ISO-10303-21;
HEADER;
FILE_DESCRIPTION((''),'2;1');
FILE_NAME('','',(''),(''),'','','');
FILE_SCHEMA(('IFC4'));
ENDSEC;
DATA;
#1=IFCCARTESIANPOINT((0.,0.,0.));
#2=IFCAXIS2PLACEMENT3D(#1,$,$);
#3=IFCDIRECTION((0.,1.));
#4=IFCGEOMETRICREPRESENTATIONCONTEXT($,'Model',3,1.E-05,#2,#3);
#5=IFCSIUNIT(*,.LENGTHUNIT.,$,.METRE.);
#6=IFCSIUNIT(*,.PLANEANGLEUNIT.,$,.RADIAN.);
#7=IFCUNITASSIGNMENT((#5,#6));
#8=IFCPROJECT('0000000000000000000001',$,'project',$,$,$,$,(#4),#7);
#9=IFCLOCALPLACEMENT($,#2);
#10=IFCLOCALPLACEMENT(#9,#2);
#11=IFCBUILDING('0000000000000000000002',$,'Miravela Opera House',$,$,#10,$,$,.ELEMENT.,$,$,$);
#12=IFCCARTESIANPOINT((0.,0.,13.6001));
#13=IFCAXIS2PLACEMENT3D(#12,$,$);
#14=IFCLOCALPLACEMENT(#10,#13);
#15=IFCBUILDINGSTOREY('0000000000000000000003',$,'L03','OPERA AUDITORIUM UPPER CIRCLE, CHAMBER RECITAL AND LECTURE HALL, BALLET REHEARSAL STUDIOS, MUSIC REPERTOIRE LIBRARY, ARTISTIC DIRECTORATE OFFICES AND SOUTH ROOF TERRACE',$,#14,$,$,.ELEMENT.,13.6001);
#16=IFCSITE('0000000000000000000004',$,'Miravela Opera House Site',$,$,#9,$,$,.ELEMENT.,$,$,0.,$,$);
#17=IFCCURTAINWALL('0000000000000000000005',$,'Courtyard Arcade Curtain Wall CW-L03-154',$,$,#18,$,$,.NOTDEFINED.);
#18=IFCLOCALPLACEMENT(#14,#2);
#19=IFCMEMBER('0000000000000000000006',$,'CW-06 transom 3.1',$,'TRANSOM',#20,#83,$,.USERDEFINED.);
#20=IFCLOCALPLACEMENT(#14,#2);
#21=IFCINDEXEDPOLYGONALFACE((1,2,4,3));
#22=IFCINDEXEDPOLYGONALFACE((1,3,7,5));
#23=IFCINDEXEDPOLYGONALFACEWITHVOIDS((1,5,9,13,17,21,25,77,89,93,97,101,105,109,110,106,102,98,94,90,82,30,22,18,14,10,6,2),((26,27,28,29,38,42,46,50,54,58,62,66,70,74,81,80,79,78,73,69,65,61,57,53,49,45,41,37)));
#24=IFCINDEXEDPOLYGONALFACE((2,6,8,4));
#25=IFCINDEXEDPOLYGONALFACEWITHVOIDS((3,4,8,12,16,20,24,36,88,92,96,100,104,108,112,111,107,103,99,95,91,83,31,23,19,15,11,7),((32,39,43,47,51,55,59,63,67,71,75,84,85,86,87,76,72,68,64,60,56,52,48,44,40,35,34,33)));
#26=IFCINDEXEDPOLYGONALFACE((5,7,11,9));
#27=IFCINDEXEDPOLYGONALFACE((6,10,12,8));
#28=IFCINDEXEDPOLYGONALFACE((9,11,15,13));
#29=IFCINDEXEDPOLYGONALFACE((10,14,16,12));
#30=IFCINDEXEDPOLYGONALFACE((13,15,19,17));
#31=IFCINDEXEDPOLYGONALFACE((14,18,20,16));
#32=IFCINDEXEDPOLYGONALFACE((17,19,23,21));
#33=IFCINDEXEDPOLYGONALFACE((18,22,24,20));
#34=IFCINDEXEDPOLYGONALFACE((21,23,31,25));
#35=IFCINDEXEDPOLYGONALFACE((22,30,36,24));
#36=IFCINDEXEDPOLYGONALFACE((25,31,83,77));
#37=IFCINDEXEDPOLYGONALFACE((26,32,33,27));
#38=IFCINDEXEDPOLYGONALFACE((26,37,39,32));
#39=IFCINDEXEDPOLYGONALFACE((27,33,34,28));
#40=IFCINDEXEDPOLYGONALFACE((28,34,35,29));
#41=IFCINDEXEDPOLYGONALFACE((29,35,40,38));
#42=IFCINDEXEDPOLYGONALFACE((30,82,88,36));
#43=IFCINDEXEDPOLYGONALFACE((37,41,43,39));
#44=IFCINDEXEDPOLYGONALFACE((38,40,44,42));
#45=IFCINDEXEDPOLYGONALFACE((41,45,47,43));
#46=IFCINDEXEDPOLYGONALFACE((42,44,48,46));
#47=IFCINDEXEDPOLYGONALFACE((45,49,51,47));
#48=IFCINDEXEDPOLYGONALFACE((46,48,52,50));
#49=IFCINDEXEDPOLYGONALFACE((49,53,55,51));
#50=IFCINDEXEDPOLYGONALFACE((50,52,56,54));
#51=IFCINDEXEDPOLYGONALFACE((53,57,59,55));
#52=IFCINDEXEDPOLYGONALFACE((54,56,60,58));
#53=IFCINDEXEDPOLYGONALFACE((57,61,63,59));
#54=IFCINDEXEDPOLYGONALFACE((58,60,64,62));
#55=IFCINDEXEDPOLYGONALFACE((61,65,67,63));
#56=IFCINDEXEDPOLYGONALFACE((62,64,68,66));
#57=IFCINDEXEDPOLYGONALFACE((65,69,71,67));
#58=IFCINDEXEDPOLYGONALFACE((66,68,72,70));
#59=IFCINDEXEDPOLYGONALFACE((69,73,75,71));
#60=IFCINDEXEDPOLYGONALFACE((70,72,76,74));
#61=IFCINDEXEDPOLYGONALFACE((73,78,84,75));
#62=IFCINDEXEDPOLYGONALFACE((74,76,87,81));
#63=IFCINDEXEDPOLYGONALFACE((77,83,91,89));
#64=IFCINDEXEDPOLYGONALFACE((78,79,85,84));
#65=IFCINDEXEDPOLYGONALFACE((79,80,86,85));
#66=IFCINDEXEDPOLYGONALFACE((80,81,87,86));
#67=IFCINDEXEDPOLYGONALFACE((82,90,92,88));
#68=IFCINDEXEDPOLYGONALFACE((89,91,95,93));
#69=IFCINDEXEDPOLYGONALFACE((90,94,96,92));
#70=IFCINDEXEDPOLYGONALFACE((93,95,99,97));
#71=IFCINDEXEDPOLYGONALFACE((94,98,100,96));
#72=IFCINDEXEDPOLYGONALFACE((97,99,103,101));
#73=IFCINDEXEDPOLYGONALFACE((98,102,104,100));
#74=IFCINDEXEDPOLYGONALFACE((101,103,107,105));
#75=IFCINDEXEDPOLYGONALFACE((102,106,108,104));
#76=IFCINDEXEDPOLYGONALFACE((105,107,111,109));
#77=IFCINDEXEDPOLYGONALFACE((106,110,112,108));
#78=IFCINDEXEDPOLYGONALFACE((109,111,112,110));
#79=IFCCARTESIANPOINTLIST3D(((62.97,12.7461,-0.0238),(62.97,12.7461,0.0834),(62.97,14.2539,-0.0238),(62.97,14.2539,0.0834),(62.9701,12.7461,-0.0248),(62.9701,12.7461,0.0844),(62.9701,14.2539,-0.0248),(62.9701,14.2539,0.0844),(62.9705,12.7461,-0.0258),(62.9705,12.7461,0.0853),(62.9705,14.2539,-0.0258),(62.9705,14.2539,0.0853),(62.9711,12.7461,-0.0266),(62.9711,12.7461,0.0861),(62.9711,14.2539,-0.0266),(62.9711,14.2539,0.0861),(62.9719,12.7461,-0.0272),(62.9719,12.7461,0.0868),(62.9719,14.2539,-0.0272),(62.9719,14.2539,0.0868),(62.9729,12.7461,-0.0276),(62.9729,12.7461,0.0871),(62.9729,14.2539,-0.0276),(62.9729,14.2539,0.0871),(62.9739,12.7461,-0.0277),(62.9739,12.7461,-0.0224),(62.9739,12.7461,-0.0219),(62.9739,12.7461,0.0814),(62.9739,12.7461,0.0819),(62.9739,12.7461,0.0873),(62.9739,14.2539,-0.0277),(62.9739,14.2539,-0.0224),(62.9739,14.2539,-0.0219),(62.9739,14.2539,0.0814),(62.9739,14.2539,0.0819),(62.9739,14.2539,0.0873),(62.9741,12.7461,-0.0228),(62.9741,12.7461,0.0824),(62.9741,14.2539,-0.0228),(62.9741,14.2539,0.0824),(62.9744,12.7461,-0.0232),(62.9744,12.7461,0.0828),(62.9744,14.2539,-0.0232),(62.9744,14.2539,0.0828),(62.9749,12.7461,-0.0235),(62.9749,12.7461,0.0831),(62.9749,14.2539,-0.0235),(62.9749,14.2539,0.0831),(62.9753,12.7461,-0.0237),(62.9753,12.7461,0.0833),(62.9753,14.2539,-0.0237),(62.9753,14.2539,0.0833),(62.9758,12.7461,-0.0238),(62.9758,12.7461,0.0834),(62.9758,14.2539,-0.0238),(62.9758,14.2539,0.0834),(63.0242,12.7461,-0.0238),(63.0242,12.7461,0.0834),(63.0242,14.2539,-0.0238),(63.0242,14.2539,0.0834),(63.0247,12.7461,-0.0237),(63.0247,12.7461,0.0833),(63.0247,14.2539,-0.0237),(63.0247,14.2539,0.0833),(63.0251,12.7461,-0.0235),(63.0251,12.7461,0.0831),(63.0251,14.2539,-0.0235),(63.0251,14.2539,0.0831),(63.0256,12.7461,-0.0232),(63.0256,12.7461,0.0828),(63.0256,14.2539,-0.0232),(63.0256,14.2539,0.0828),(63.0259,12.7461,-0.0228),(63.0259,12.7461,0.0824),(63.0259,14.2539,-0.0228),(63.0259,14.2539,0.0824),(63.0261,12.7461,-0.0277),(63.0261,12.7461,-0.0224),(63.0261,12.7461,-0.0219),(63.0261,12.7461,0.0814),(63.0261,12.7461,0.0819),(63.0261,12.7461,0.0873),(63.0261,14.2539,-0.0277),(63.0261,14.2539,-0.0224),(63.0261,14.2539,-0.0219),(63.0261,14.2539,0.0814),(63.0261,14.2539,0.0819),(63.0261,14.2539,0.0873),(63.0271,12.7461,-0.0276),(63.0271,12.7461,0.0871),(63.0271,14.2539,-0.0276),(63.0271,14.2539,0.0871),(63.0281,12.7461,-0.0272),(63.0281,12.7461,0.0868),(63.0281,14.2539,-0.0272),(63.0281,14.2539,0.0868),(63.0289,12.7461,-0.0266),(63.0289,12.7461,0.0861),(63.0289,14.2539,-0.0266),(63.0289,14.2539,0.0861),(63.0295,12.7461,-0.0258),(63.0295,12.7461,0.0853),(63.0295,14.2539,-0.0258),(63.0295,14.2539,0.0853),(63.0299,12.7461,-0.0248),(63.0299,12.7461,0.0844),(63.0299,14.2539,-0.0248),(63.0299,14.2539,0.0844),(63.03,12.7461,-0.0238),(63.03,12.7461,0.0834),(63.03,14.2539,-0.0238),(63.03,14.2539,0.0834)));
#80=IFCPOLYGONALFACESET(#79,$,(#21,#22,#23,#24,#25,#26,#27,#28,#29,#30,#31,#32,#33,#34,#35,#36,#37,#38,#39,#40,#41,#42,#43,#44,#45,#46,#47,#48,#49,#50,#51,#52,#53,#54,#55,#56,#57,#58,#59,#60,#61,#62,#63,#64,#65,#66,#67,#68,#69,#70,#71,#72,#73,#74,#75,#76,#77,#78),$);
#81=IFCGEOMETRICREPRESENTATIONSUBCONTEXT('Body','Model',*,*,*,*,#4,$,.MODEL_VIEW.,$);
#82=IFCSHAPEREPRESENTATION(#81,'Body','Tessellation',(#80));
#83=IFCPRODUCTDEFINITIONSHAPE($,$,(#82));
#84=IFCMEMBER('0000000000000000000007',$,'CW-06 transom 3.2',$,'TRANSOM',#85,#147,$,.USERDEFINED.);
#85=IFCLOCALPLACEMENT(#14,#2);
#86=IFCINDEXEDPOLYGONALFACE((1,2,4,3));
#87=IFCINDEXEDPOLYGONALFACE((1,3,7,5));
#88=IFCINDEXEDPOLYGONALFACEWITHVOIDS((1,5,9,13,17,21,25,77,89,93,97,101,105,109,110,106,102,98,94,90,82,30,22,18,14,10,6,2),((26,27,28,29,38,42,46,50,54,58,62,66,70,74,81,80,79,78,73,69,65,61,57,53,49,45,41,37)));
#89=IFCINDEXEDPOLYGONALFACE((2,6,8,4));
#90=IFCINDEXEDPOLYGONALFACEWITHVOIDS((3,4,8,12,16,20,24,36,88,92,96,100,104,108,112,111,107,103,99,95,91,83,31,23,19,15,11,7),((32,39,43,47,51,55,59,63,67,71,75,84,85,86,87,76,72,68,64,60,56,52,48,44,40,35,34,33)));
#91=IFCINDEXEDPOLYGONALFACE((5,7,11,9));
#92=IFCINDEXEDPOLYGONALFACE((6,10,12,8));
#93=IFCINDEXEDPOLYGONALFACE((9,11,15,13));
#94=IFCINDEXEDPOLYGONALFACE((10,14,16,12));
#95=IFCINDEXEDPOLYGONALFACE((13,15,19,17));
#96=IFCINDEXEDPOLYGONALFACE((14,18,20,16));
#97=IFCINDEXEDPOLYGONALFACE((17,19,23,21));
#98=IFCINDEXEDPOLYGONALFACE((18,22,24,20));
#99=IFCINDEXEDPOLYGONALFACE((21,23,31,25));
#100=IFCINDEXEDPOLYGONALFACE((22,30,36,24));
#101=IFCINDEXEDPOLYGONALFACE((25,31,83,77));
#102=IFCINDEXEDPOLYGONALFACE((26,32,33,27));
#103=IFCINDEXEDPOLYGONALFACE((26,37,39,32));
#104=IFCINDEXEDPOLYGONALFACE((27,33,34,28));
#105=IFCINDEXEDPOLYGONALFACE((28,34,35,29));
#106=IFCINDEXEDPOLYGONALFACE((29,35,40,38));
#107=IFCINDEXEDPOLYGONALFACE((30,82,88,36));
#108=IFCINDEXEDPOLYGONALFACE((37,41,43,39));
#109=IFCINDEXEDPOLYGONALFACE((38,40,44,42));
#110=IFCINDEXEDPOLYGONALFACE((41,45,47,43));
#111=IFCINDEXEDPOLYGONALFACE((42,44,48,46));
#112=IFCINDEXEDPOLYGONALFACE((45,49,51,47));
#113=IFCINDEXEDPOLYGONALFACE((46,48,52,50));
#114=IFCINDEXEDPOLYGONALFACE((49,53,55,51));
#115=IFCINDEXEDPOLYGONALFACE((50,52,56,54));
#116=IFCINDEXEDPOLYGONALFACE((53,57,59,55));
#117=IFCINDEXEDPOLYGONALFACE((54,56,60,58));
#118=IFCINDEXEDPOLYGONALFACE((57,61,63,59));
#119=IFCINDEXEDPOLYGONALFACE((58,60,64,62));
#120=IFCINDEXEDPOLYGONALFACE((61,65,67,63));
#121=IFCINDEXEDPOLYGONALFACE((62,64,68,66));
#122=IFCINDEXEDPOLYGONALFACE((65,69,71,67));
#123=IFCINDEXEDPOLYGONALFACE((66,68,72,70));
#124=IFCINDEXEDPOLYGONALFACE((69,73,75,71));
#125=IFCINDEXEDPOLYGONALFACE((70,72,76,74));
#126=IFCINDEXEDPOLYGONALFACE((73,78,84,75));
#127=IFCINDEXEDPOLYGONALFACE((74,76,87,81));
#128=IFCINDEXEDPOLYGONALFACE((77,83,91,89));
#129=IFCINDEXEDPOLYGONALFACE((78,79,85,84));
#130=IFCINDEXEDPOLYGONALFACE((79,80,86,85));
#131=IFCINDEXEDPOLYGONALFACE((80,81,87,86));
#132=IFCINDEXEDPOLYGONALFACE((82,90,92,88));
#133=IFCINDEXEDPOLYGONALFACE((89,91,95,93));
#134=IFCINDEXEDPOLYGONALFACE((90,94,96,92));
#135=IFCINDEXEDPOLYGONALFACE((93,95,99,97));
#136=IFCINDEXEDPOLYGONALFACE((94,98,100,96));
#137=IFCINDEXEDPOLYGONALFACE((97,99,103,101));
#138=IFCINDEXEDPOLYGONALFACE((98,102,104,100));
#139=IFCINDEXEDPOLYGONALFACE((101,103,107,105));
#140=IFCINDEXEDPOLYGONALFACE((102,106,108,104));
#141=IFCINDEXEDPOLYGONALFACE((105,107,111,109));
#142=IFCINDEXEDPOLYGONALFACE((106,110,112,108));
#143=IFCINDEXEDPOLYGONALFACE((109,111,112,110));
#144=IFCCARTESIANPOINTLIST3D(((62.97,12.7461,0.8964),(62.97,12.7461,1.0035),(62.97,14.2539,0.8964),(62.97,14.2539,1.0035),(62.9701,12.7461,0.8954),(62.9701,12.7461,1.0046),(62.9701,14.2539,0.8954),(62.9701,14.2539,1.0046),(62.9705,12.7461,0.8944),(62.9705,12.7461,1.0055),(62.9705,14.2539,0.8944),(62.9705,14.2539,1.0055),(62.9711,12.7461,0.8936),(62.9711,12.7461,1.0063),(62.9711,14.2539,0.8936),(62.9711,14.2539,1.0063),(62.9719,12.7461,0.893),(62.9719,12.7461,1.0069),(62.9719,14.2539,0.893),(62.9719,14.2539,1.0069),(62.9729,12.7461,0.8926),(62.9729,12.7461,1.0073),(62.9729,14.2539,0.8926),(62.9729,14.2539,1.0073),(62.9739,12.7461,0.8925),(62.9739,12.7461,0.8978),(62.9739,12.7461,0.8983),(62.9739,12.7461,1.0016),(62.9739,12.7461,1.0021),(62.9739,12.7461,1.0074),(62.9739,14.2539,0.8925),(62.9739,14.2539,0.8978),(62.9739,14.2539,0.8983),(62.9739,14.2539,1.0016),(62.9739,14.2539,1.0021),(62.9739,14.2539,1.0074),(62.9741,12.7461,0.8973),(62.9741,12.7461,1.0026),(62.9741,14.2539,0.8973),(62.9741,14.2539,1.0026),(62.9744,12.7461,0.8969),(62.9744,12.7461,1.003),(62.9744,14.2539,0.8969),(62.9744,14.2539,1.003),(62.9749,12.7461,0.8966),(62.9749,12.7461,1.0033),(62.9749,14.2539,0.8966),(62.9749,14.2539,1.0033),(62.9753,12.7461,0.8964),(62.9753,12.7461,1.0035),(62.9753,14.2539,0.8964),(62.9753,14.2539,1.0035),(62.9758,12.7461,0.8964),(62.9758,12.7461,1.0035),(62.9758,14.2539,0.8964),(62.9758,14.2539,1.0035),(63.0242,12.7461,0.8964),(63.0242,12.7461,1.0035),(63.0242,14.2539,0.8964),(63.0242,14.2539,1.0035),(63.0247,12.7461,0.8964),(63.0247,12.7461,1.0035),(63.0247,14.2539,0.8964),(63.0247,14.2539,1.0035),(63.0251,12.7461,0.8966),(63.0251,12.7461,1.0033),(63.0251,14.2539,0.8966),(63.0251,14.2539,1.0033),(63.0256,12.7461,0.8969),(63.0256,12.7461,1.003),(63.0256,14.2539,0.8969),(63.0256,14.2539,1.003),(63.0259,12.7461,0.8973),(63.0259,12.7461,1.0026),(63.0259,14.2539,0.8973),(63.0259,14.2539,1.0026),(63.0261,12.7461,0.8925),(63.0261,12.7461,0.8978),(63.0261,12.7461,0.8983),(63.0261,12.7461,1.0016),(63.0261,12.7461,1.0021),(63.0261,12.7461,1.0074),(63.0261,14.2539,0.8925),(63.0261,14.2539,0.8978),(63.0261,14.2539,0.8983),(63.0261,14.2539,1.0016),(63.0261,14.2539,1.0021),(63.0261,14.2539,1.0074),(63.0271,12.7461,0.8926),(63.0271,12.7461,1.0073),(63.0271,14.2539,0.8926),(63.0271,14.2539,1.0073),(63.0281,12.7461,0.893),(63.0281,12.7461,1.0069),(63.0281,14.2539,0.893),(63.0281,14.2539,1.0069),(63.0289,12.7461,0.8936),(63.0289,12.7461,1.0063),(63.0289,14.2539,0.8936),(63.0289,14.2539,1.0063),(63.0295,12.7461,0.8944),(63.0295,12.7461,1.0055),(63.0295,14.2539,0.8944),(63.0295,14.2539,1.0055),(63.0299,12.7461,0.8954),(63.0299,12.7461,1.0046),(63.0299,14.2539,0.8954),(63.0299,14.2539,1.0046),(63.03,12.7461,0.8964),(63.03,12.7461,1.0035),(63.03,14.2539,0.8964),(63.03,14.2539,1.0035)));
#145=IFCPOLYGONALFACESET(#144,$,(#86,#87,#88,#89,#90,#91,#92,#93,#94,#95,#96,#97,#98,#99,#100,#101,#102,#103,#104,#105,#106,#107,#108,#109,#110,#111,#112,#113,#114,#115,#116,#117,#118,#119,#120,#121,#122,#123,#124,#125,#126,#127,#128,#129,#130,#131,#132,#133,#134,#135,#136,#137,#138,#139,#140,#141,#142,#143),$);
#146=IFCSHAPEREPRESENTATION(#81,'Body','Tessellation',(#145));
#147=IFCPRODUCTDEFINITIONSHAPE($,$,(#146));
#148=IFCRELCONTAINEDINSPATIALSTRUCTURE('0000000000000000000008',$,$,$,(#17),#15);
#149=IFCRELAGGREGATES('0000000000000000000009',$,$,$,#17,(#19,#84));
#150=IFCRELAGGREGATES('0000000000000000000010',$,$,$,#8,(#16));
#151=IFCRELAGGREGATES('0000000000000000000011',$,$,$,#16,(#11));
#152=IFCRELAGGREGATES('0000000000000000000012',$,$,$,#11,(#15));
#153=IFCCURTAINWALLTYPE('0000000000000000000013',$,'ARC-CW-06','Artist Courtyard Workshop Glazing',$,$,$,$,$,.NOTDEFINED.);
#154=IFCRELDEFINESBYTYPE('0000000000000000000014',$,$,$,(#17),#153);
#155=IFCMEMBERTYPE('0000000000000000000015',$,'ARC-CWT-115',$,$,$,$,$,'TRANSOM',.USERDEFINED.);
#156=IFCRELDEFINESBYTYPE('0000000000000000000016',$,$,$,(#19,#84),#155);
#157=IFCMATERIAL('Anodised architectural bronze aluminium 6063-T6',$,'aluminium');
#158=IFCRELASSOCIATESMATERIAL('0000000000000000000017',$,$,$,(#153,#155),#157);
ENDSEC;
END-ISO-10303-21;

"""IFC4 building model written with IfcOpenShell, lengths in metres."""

from ifc_helpers import new_model, si_unit, direction, frame, origin, origin_2d, place, context, subcontext, project, spatial, hollow_rectangle, extrude, material, material_profile, profile_set, type_object, element, aggregate, save


model = new_model("IFC4")

# Units and contexts
model_context = context("Model", 3, precision=1e-05, world=origin(), true_north=direction((0.0, 1.0)))
body_context = subcontext(model_context, "Body", "Model", "MODEL_VIEW")
ifc_project = project(units=[si_unit("LENGTHUNIT", "METRE"), si_unit("PLANEANGLEUNIT", "RADIAN")], contexts=[model_context])

# Site, building, storey
site_placement = place(None, origin())
site = spatial("IfcSite", under=ifc_project, at=site_placement, Name="Miravela Opera House Site", CompositionType="ELEMENT", RefElevation=0.0)
building_placement = place(site_placement, origin())
building = spatial("IfcBuilding", under=site, at=building_placement, Name="Miravela Opera House", CompositionType="ELEMENT")
storey_placement = place(building_placement, frame((0.0, 0.0, 13.6001)))
storey = spatial("IfcBuildingStorey", under=building, at=storey_placement, Name="L03", Description="OPERA AUDITORIUM UPPER CIRCLE, CHAMBER RECITAL AND LECTURE HALL, BALLET REHEARSAL STUDIOS, MUSIC REPERTOIRE LIBRARY, ARTISTIC DIRECTORATE OFFICES AND SOUTH ROOF TERRACE", CompositionType="ELEMENT", Elevation=13.6001)

# Curtain wall, members
ifc_material_1 = material(Name="Anodised architectural bronze aluminium 6063-T6", Category="aluminium")
curtain_wall_type = type_object("IfcCurtainWallType", Name="ARC-CW-06", Description="Artist Courtyard Workshop Glazing", PredefinedType="NOTDEFINED", material=ifc_material_1)
curtain_wall_placement = place(storey_placement, origin())
curtain_wall = element("IfcCurtainWall", 1, at=curtain_wall_placement, inside=storey, type_object=curtain_wall_type, Name="Courtyard Arcade Curtain Wall CW-L03-154", PredefinedType="NOTDEFINED")
ifc_material_profile_1 = material_profile(ifc_material_1, hollow_rectangle(XDim=0.0601, YDim=0.115, WallThickness=0.0039, InnerFilletRadius=0.002, OuterFilletRadius=0.0039, at=origin_2d()), Name="CWT-60X115")
ifc_profile_set_1 = profile_set([ifc_material_profile_1])
member_type_1 = type_object("IfcMemberType", Name="ARC-CWT-115", ElementType="TRANSOM", PredefinedType="USERDEFINED", material=ifc_profile_set_1)
member_1_placement = place(storey_placement, frame((63.0, 12.7461, 0.0298), z_axis=(0.0, 1.0, 0.0), x_axis=(-1.0, 0.0, 0.0)))
member_1 = element("IfcMember", 2, at=member_1_placement, type_object=member_type_1, Name="CW-06 transom 3.1", ObjectType="TRANSOM", PredefinedType="USERDEFINED", context=body_context, shape_type="SweptSolid", body=[
    extrude(hollow_rectangle(XDim=0.0601, YDim=0.115, WallThickness=0.0039, InnerFilletRadius=0.002, OuterFilletRadius=0.0039, at=origin_2d()), origin(), (0.0, 0.0, 1.0), 1.5078),
])
member_2_placement = place(storey_placement, frame((63.0, 12.7461, 0.95), z_axis=(0.0, 1.0, 0.0), x_axis=(-1.0, 0.0, 0.0)))
member_2 = element("IfcMember", 3, at=member_2_placement, type_object=member_type_1, Name="CW-06 transom 3.2", ObjectType="TRANSOM", PredefinedType="USERDEFINED", context=body_context, shape_type="SweptSolid", body=[
    extrude(hollow_rectangle(XDim=0.0601, YDim=0.115, WallThickness=0.0039, InnerFilletRadius=0.002, OuterFilletRadius=0.0039, at=origin_2d()), origin(), (0.0, 0.0, 1.0), 1.5078),
])

aggregate(curtain_wall, [member_1, member_2])

save(model, "model.ifc")
